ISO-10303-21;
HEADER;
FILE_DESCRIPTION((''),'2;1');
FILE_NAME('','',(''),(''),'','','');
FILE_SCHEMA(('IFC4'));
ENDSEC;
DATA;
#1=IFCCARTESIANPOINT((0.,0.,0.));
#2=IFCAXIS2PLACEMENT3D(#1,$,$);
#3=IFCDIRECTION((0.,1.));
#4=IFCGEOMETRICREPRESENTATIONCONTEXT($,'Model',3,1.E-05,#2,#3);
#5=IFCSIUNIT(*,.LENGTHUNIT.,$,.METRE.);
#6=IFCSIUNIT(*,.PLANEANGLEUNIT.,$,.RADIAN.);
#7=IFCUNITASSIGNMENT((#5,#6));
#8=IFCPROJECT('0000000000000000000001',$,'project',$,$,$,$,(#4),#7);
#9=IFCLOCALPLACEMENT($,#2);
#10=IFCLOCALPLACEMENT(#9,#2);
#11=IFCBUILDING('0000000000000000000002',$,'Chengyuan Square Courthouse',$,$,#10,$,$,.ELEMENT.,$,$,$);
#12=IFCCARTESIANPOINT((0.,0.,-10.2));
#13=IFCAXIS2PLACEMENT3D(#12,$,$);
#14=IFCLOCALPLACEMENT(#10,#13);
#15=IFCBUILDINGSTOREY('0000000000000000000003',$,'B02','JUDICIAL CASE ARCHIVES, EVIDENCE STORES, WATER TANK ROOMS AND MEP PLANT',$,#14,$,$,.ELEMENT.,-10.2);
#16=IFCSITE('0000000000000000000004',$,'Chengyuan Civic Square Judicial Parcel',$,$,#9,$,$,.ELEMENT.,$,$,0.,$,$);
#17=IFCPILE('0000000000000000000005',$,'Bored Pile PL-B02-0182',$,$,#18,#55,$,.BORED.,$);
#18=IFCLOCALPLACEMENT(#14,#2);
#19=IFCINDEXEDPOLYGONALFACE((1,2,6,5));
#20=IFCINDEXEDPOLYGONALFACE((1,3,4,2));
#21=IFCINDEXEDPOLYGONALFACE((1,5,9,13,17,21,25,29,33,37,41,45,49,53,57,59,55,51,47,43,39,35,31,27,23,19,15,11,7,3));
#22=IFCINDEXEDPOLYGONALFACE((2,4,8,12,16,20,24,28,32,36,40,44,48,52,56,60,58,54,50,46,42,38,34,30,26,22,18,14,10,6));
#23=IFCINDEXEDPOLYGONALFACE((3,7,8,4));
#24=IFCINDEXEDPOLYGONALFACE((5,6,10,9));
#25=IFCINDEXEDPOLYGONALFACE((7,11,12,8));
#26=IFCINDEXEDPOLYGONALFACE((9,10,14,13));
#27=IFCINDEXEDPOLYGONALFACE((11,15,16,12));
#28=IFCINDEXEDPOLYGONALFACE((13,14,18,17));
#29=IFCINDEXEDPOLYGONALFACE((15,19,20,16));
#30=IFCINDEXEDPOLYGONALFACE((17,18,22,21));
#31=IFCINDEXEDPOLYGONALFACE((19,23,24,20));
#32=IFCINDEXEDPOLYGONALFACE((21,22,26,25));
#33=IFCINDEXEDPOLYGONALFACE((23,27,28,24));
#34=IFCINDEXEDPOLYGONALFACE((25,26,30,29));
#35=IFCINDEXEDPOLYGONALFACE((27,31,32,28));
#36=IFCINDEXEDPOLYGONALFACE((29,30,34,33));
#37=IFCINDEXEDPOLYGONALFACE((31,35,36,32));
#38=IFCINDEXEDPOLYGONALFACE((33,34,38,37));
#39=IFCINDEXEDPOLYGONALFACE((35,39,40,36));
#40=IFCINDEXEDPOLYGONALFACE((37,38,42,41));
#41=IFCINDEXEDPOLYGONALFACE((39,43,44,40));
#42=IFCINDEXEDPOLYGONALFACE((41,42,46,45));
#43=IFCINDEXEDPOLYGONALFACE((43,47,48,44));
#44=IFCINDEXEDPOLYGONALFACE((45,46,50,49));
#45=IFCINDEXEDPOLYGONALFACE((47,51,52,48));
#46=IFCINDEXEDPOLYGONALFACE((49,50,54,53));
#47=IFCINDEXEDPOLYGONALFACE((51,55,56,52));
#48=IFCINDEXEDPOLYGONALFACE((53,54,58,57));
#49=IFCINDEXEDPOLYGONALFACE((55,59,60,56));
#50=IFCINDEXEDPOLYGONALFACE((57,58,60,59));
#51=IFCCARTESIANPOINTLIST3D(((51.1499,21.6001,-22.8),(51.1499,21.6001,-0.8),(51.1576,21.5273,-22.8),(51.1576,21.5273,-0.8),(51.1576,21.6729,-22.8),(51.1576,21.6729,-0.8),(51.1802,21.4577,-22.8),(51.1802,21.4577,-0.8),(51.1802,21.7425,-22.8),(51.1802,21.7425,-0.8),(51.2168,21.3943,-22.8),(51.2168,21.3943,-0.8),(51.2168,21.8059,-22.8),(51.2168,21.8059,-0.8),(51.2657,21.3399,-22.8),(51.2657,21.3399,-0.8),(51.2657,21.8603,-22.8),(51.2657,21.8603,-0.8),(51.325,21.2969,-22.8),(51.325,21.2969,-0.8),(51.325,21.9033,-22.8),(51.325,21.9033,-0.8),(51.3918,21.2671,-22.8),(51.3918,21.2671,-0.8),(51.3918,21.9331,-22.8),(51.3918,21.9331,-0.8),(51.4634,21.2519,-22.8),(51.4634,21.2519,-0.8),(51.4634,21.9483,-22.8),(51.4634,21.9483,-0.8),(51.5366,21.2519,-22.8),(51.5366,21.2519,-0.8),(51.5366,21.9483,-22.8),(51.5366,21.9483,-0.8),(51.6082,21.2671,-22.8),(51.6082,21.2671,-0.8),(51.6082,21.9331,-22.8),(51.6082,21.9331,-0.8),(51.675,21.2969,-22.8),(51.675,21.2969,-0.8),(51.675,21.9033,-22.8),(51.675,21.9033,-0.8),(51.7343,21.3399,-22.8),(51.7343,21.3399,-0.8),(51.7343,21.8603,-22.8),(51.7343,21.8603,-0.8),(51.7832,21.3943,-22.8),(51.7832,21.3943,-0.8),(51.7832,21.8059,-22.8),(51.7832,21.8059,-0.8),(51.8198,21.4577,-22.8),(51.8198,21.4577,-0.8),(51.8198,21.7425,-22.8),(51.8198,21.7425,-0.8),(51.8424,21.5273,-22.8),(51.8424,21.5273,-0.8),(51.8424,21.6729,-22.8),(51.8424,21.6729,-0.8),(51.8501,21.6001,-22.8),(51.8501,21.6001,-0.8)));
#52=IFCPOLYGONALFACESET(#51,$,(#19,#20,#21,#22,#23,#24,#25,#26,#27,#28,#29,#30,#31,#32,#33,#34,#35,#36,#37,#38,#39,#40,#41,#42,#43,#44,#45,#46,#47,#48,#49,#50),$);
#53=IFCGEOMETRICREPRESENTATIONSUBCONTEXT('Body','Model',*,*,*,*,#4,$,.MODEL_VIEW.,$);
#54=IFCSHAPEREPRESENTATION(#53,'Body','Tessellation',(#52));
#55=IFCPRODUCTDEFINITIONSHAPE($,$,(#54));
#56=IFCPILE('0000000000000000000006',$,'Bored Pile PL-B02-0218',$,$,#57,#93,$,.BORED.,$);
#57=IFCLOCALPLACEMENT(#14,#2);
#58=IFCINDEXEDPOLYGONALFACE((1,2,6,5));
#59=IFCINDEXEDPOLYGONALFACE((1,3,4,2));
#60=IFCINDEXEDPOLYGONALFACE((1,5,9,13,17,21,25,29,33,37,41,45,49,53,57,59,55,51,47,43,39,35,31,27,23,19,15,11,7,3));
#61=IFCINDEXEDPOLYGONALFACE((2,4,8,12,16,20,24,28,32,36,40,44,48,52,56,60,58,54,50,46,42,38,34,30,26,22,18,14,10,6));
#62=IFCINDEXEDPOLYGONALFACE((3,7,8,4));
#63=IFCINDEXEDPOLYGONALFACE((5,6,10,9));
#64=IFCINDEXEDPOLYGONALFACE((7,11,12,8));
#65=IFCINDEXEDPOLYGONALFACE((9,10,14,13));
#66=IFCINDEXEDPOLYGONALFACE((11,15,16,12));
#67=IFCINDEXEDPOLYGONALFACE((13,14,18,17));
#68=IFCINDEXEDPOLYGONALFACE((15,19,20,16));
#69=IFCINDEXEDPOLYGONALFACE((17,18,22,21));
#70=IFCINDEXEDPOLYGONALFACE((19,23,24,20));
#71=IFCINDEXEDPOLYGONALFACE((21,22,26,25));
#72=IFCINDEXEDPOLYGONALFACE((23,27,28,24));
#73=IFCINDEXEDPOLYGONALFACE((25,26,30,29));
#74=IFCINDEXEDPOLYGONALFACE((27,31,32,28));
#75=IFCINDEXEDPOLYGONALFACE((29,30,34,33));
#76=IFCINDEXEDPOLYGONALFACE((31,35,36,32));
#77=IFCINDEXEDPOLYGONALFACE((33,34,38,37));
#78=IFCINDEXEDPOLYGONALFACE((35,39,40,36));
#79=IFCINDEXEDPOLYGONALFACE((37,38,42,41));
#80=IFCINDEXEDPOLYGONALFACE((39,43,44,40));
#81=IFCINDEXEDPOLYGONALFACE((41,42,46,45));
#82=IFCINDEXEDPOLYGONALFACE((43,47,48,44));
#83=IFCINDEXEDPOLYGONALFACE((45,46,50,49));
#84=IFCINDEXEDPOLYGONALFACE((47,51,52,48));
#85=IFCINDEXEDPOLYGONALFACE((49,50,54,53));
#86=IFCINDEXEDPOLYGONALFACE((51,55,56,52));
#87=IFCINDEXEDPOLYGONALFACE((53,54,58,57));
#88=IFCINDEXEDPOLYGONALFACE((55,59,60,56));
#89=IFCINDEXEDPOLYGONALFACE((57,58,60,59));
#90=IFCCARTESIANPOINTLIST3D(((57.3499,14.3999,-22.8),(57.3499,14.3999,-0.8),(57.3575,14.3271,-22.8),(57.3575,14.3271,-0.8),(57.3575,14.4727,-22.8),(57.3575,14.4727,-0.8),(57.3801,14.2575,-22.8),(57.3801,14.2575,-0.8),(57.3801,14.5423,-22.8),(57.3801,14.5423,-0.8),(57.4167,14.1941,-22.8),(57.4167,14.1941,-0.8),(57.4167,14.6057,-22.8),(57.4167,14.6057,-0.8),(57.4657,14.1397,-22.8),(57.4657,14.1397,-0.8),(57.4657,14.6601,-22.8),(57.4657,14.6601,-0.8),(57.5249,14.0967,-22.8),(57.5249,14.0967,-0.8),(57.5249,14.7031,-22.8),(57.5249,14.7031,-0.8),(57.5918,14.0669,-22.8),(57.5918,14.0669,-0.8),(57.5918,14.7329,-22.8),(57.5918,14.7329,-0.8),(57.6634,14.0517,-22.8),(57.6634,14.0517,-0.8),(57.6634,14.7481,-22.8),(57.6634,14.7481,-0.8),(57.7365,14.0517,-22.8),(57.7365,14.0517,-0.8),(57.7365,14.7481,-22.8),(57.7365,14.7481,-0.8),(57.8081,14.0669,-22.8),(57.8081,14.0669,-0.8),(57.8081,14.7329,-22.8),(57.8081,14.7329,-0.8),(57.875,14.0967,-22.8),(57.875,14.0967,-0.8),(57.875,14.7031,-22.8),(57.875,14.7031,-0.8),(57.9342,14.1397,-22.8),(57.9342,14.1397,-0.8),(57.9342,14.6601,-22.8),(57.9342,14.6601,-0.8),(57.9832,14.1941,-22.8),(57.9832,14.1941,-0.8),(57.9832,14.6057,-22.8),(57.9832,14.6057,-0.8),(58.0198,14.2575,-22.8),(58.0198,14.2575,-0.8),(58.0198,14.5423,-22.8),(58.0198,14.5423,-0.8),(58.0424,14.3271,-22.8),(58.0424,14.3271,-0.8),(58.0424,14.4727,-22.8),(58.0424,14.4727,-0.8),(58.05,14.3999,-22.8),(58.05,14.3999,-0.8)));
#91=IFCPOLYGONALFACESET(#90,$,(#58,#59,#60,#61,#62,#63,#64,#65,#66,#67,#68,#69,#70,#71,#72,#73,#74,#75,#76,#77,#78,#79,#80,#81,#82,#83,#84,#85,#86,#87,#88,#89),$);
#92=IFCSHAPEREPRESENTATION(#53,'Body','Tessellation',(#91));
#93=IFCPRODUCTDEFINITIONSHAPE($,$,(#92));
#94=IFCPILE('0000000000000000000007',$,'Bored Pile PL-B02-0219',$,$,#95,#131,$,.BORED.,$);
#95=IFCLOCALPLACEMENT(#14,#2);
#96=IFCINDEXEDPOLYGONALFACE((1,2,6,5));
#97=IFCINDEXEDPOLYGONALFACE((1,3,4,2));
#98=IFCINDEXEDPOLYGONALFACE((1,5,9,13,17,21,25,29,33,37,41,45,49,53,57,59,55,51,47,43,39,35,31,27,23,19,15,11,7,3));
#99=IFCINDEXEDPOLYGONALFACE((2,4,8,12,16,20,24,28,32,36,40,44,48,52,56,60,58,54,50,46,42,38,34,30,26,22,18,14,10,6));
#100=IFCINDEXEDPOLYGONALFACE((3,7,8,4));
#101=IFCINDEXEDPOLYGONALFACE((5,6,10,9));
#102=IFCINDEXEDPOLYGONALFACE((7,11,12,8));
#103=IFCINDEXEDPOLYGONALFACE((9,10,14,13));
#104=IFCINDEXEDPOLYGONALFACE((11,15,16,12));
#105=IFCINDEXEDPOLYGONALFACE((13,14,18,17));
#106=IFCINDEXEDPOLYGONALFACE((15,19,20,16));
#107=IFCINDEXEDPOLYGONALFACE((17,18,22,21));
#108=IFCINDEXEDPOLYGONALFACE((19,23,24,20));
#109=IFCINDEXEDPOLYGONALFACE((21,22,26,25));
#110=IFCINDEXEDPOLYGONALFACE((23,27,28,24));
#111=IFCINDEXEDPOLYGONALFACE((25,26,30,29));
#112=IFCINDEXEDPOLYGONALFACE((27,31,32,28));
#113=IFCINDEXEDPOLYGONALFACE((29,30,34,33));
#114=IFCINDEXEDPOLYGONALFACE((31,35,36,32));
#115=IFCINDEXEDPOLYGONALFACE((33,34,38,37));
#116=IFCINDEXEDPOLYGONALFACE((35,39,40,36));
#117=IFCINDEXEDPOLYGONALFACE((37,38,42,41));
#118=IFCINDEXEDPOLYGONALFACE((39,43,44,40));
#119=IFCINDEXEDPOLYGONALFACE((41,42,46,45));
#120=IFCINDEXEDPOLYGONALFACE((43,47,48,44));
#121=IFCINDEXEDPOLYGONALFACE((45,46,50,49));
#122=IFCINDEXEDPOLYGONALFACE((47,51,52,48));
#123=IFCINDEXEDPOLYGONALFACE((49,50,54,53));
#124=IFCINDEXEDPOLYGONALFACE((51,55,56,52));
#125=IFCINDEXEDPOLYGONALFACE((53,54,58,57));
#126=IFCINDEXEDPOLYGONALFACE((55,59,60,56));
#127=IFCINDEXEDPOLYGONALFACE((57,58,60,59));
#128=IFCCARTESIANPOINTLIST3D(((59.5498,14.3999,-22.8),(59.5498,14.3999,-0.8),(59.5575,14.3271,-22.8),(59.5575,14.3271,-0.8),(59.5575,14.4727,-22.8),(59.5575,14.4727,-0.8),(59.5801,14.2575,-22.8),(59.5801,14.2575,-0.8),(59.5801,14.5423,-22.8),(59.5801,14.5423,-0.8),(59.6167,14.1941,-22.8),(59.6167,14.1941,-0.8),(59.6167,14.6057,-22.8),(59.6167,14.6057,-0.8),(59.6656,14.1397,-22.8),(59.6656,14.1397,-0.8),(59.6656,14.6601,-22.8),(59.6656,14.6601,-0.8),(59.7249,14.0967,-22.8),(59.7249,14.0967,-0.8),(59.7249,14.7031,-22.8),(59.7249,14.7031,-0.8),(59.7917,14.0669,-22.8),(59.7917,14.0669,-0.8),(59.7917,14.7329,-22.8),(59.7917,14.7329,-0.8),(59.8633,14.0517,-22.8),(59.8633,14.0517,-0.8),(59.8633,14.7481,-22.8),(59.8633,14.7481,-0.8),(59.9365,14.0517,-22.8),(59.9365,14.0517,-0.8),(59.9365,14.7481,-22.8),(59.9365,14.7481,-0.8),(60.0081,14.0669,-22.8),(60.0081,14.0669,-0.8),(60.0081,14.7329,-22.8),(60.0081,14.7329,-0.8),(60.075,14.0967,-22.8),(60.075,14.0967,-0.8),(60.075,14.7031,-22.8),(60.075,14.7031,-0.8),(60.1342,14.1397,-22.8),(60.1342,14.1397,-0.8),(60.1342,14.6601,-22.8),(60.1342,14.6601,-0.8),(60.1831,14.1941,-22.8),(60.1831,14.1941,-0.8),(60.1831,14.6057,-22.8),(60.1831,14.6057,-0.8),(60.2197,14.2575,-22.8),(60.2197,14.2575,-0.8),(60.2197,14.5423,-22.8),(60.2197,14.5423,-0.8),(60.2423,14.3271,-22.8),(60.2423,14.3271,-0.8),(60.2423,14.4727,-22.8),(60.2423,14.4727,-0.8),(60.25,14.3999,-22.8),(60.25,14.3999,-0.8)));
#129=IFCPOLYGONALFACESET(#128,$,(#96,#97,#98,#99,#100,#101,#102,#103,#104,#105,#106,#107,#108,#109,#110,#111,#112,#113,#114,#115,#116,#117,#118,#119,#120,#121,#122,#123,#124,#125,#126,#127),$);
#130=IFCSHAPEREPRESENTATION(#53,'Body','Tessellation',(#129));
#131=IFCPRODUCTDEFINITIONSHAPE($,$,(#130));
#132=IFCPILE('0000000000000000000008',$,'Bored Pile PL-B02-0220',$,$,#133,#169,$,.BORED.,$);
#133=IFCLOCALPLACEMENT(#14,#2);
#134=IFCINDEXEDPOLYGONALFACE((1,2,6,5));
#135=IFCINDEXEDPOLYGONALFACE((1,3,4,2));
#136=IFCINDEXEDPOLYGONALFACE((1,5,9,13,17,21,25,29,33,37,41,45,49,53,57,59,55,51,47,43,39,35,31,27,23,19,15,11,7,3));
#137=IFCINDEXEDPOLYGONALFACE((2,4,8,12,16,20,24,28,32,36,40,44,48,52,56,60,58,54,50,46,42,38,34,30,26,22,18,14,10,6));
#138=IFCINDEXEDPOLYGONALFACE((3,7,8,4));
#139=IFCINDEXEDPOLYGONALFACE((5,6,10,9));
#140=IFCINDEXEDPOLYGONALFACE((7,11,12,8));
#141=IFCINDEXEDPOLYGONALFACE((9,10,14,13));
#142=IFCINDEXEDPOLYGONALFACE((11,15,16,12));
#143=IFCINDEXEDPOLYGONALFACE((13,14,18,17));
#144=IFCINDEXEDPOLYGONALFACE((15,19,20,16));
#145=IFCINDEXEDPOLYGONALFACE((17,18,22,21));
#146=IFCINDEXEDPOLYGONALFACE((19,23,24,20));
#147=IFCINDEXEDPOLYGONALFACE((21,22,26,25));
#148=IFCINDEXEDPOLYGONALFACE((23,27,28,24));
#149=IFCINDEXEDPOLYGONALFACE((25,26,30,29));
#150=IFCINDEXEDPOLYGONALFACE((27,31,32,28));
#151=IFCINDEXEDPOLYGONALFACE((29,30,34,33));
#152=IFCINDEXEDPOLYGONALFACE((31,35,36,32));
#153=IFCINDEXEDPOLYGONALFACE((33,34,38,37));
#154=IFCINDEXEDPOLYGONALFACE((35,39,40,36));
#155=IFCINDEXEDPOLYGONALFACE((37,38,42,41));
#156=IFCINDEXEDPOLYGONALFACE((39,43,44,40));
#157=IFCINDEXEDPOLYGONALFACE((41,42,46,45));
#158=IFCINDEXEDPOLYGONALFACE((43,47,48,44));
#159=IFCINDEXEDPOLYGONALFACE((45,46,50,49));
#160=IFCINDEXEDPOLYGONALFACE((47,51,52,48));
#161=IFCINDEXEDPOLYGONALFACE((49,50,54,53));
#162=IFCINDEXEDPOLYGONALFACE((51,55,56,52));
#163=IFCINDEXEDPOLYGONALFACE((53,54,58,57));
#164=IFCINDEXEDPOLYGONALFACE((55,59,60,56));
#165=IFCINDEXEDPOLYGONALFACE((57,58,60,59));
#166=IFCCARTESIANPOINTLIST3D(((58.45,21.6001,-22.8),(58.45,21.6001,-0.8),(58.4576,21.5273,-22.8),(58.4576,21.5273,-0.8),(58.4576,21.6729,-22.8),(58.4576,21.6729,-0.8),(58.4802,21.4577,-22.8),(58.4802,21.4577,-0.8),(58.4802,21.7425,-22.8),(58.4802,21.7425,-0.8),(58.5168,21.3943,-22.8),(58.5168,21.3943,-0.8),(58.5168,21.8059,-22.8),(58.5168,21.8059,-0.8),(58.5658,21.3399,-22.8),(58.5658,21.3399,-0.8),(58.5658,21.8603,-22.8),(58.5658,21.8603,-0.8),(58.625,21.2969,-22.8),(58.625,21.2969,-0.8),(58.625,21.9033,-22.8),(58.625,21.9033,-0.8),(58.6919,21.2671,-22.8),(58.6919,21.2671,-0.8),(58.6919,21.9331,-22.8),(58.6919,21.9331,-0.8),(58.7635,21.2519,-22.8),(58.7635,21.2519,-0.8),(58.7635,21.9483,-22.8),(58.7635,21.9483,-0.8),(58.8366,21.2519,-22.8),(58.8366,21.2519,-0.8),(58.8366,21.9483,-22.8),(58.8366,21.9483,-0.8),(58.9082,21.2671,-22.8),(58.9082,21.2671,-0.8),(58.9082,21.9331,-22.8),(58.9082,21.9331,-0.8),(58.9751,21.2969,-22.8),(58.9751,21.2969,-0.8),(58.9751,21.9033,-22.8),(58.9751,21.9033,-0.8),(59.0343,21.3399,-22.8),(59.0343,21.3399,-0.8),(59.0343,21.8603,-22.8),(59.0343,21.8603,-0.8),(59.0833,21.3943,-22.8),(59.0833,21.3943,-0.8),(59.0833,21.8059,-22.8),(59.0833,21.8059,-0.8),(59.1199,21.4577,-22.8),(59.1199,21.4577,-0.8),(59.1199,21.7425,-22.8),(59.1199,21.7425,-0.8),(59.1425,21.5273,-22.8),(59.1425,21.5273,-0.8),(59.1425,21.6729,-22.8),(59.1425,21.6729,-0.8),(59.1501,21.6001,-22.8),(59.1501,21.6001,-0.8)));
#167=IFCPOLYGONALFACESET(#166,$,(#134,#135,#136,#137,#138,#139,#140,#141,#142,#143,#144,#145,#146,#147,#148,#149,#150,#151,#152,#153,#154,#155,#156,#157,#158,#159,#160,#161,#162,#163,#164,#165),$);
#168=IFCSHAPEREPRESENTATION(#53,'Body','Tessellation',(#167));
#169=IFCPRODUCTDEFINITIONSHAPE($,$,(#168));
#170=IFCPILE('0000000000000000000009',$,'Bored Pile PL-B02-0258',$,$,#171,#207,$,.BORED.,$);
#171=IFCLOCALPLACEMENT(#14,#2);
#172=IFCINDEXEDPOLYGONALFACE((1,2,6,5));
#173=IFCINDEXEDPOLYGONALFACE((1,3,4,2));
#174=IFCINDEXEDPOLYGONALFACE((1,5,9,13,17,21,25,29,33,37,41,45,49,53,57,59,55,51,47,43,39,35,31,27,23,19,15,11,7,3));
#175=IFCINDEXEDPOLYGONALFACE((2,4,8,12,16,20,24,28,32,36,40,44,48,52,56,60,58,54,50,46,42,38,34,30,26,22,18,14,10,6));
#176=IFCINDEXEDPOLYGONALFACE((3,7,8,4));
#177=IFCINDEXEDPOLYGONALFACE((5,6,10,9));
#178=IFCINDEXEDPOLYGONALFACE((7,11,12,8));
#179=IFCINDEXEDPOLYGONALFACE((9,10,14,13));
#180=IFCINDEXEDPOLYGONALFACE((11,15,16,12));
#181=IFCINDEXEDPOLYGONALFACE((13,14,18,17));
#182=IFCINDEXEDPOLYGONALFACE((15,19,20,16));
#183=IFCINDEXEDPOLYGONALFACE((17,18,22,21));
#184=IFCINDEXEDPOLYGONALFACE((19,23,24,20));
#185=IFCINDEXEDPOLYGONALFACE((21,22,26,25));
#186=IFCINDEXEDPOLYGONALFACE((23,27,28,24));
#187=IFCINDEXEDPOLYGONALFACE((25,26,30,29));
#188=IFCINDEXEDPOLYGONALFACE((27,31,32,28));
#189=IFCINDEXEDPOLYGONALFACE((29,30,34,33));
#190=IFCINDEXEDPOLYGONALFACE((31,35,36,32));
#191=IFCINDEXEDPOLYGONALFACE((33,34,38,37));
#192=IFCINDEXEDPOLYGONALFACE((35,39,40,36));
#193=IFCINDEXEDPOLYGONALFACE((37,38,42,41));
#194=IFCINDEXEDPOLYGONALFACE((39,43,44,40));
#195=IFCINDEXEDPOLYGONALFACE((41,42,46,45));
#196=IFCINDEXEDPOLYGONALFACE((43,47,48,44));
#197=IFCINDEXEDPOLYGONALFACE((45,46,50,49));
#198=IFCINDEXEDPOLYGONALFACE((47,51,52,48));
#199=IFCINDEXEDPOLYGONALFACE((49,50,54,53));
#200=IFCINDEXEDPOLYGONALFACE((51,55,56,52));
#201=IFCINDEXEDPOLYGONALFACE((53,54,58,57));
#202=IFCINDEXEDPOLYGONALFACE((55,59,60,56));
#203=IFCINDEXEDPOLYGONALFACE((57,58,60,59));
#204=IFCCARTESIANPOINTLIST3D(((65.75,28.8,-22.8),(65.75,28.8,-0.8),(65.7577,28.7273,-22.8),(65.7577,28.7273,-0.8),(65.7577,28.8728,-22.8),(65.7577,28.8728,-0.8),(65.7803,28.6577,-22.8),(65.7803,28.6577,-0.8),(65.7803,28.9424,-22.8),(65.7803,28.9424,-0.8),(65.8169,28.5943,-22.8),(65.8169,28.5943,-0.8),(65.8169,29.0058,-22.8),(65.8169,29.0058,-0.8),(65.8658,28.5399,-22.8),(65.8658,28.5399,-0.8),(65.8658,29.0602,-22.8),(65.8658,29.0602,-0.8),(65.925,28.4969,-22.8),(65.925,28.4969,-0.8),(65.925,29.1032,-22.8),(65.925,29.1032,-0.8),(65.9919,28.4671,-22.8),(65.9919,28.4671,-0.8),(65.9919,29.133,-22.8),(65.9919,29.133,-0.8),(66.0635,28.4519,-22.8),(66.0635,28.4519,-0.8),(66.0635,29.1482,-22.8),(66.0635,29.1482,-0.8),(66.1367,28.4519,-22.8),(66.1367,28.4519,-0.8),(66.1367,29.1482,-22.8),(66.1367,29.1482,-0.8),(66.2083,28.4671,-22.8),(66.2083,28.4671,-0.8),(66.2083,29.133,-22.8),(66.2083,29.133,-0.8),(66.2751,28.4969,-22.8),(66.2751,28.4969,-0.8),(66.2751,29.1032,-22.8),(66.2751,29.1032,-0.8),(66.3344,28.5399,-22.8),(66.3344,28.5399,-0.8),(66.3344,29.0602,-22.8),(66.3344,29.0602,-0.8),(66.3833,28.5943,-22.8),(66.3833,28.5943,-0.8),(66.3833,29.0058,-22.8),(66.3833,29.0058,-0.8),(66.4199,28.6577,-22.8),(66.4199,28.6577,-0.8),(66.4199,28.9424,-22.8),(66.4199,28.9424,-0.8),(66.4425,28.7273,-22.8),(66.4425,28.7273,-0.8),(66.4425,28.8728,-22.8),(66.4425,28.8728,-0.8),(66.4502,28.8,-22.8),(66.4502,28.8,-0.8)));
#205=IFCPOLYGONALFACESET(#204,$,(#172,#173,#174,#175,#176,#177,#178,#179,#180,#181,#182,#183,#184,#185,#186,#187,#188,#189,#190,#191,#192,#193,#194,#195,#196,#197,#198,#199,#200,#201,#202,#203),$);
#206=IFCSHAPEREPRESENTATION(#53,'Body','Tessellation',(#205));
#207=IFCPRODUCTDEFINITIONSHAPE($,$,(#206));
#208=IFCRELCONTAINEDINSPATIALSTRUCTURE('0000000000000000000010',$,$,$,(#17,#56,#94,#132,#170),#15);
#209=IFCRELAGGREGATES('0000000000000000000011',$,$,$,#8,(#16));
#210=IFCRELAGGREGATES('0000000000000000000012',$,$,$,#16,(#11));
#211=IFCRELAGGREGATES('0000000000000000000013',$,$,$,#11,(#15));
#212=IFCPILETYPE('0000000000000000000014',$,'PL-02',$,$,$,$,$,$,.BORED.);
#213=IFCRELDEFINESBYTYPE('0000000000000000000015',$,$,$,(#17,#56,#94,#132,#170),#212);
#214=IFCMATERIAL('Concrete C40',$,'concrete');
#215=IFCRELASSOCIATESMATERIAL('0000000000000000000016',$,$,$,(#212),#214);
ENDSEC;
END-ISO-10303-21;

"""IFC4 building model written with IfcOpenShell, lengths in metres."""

from ifc_helpers import new_model, si_unit, direction, frame, origin, origin_2d, place, context, subcontext, project, spatial, circle, extrude, material, material_profile, profile_set, type_object, element, save


model = new_model("IFC4")

# Units and contexts
model_context = context("Model", 3, precision=1e-05, world=origin(), true_north=direction((0.0, 1.0)))
body_context = subcontext(model_context, "Body", "Model", "MODEL_VIEW")
ifc_project = project(units=[si_unit("LENGTHUNIT", "METRE"), si_unit("PLANEANGLEUNIT", "RADIAN")], contexts=[model_context])

# Site, building, storey
site_placement = place(None, origin())
site = spatial("IfcSite", under=ifc_project, at=site_placement, Name="Chengyuan Civic Square Judicial Parcel", CompositionType="ELEMENT", RefElevation=0.0)
building_placement = place(site_placement, origin())
building = spatial("IfcBuilding", under=site, at=building_placement, Name="Chengyuan Square Courthouse", CompositionType="ELEMENT")
storey_placement = place(building_placement, frame((0.0, 0.0, -10.2)))
storey = spatial("IfcBuildingStorey", under=building, at=storey_placement, Name="B02", Description="JUDICIAL CASE ARCHIVES, EVIDENCE STORES, WATER TANK ROOMS AND MEP PLANT", CompositionType="ELEMENT", Elevation=-10.2)

# Shared definitions
ifc_material_1 = material(Name="Concrete C40", Category="concrete")

# Piles
ifc_material_profile_1 = material_profile(ifc_material_1, circle(Radius=0.3501, at=origin_2d()), Name="BORED PILE D700")
ifc_profile_set_1 = profile_set([ifc_material_profile_1], Name="Concrete C40")
pile_type_1 = type_object("IfcPileType", Name="PL-02", PredefinedType="BORED", material=ifc_profile_set_1)
for number, where, z_axis, x_axis, name in (
    (1, (51.5, 21.6001, -0.8), (0.0, 0.0, -1.0), (1.0, 0.0, 0.0), "Bored Pile PL-B02-0182"),
    (2, (57.7, 14.3999, -0.8), (0.0, 0.0, -1.0), (1.0, 0.0, 0.0), "Bored Pile PL-B02-0218"),
    (3, (59.8999, 14.3999, -0.8), (0.0, 0.0, -1.0), (1.0, 0.0, 0.0), "Bored Pile PL-B02-0219"),
    (4, (58.8, 21.6001, -0.8), (0.0, 0.0, -1.0), (1.0, 0.0, 0.0), "Bored Pile PL-B02-0220"),
    (5, (66.1001, 28.8, -0.8), (0.0, 0.0, -1.0), (1.0, 0.0, 0.0), "Bored Pile PL-B02-0258"),
):
    element("IfcPile", number, at=place(storey_placement, frame(where, z_axis=z_axis, x_axis=x_axis)), inside=storey, type_object=pile_type_1, Name=name, PredefinedType="BORED", context=body_context, shape_type="SweptSolid", body=[
        extrude(circle(Radius=0.3501, at=origin_2d()), origin(), (0.0, 0.0, 1.0), 22.0),
    ])

save(model, "model.ifc")
